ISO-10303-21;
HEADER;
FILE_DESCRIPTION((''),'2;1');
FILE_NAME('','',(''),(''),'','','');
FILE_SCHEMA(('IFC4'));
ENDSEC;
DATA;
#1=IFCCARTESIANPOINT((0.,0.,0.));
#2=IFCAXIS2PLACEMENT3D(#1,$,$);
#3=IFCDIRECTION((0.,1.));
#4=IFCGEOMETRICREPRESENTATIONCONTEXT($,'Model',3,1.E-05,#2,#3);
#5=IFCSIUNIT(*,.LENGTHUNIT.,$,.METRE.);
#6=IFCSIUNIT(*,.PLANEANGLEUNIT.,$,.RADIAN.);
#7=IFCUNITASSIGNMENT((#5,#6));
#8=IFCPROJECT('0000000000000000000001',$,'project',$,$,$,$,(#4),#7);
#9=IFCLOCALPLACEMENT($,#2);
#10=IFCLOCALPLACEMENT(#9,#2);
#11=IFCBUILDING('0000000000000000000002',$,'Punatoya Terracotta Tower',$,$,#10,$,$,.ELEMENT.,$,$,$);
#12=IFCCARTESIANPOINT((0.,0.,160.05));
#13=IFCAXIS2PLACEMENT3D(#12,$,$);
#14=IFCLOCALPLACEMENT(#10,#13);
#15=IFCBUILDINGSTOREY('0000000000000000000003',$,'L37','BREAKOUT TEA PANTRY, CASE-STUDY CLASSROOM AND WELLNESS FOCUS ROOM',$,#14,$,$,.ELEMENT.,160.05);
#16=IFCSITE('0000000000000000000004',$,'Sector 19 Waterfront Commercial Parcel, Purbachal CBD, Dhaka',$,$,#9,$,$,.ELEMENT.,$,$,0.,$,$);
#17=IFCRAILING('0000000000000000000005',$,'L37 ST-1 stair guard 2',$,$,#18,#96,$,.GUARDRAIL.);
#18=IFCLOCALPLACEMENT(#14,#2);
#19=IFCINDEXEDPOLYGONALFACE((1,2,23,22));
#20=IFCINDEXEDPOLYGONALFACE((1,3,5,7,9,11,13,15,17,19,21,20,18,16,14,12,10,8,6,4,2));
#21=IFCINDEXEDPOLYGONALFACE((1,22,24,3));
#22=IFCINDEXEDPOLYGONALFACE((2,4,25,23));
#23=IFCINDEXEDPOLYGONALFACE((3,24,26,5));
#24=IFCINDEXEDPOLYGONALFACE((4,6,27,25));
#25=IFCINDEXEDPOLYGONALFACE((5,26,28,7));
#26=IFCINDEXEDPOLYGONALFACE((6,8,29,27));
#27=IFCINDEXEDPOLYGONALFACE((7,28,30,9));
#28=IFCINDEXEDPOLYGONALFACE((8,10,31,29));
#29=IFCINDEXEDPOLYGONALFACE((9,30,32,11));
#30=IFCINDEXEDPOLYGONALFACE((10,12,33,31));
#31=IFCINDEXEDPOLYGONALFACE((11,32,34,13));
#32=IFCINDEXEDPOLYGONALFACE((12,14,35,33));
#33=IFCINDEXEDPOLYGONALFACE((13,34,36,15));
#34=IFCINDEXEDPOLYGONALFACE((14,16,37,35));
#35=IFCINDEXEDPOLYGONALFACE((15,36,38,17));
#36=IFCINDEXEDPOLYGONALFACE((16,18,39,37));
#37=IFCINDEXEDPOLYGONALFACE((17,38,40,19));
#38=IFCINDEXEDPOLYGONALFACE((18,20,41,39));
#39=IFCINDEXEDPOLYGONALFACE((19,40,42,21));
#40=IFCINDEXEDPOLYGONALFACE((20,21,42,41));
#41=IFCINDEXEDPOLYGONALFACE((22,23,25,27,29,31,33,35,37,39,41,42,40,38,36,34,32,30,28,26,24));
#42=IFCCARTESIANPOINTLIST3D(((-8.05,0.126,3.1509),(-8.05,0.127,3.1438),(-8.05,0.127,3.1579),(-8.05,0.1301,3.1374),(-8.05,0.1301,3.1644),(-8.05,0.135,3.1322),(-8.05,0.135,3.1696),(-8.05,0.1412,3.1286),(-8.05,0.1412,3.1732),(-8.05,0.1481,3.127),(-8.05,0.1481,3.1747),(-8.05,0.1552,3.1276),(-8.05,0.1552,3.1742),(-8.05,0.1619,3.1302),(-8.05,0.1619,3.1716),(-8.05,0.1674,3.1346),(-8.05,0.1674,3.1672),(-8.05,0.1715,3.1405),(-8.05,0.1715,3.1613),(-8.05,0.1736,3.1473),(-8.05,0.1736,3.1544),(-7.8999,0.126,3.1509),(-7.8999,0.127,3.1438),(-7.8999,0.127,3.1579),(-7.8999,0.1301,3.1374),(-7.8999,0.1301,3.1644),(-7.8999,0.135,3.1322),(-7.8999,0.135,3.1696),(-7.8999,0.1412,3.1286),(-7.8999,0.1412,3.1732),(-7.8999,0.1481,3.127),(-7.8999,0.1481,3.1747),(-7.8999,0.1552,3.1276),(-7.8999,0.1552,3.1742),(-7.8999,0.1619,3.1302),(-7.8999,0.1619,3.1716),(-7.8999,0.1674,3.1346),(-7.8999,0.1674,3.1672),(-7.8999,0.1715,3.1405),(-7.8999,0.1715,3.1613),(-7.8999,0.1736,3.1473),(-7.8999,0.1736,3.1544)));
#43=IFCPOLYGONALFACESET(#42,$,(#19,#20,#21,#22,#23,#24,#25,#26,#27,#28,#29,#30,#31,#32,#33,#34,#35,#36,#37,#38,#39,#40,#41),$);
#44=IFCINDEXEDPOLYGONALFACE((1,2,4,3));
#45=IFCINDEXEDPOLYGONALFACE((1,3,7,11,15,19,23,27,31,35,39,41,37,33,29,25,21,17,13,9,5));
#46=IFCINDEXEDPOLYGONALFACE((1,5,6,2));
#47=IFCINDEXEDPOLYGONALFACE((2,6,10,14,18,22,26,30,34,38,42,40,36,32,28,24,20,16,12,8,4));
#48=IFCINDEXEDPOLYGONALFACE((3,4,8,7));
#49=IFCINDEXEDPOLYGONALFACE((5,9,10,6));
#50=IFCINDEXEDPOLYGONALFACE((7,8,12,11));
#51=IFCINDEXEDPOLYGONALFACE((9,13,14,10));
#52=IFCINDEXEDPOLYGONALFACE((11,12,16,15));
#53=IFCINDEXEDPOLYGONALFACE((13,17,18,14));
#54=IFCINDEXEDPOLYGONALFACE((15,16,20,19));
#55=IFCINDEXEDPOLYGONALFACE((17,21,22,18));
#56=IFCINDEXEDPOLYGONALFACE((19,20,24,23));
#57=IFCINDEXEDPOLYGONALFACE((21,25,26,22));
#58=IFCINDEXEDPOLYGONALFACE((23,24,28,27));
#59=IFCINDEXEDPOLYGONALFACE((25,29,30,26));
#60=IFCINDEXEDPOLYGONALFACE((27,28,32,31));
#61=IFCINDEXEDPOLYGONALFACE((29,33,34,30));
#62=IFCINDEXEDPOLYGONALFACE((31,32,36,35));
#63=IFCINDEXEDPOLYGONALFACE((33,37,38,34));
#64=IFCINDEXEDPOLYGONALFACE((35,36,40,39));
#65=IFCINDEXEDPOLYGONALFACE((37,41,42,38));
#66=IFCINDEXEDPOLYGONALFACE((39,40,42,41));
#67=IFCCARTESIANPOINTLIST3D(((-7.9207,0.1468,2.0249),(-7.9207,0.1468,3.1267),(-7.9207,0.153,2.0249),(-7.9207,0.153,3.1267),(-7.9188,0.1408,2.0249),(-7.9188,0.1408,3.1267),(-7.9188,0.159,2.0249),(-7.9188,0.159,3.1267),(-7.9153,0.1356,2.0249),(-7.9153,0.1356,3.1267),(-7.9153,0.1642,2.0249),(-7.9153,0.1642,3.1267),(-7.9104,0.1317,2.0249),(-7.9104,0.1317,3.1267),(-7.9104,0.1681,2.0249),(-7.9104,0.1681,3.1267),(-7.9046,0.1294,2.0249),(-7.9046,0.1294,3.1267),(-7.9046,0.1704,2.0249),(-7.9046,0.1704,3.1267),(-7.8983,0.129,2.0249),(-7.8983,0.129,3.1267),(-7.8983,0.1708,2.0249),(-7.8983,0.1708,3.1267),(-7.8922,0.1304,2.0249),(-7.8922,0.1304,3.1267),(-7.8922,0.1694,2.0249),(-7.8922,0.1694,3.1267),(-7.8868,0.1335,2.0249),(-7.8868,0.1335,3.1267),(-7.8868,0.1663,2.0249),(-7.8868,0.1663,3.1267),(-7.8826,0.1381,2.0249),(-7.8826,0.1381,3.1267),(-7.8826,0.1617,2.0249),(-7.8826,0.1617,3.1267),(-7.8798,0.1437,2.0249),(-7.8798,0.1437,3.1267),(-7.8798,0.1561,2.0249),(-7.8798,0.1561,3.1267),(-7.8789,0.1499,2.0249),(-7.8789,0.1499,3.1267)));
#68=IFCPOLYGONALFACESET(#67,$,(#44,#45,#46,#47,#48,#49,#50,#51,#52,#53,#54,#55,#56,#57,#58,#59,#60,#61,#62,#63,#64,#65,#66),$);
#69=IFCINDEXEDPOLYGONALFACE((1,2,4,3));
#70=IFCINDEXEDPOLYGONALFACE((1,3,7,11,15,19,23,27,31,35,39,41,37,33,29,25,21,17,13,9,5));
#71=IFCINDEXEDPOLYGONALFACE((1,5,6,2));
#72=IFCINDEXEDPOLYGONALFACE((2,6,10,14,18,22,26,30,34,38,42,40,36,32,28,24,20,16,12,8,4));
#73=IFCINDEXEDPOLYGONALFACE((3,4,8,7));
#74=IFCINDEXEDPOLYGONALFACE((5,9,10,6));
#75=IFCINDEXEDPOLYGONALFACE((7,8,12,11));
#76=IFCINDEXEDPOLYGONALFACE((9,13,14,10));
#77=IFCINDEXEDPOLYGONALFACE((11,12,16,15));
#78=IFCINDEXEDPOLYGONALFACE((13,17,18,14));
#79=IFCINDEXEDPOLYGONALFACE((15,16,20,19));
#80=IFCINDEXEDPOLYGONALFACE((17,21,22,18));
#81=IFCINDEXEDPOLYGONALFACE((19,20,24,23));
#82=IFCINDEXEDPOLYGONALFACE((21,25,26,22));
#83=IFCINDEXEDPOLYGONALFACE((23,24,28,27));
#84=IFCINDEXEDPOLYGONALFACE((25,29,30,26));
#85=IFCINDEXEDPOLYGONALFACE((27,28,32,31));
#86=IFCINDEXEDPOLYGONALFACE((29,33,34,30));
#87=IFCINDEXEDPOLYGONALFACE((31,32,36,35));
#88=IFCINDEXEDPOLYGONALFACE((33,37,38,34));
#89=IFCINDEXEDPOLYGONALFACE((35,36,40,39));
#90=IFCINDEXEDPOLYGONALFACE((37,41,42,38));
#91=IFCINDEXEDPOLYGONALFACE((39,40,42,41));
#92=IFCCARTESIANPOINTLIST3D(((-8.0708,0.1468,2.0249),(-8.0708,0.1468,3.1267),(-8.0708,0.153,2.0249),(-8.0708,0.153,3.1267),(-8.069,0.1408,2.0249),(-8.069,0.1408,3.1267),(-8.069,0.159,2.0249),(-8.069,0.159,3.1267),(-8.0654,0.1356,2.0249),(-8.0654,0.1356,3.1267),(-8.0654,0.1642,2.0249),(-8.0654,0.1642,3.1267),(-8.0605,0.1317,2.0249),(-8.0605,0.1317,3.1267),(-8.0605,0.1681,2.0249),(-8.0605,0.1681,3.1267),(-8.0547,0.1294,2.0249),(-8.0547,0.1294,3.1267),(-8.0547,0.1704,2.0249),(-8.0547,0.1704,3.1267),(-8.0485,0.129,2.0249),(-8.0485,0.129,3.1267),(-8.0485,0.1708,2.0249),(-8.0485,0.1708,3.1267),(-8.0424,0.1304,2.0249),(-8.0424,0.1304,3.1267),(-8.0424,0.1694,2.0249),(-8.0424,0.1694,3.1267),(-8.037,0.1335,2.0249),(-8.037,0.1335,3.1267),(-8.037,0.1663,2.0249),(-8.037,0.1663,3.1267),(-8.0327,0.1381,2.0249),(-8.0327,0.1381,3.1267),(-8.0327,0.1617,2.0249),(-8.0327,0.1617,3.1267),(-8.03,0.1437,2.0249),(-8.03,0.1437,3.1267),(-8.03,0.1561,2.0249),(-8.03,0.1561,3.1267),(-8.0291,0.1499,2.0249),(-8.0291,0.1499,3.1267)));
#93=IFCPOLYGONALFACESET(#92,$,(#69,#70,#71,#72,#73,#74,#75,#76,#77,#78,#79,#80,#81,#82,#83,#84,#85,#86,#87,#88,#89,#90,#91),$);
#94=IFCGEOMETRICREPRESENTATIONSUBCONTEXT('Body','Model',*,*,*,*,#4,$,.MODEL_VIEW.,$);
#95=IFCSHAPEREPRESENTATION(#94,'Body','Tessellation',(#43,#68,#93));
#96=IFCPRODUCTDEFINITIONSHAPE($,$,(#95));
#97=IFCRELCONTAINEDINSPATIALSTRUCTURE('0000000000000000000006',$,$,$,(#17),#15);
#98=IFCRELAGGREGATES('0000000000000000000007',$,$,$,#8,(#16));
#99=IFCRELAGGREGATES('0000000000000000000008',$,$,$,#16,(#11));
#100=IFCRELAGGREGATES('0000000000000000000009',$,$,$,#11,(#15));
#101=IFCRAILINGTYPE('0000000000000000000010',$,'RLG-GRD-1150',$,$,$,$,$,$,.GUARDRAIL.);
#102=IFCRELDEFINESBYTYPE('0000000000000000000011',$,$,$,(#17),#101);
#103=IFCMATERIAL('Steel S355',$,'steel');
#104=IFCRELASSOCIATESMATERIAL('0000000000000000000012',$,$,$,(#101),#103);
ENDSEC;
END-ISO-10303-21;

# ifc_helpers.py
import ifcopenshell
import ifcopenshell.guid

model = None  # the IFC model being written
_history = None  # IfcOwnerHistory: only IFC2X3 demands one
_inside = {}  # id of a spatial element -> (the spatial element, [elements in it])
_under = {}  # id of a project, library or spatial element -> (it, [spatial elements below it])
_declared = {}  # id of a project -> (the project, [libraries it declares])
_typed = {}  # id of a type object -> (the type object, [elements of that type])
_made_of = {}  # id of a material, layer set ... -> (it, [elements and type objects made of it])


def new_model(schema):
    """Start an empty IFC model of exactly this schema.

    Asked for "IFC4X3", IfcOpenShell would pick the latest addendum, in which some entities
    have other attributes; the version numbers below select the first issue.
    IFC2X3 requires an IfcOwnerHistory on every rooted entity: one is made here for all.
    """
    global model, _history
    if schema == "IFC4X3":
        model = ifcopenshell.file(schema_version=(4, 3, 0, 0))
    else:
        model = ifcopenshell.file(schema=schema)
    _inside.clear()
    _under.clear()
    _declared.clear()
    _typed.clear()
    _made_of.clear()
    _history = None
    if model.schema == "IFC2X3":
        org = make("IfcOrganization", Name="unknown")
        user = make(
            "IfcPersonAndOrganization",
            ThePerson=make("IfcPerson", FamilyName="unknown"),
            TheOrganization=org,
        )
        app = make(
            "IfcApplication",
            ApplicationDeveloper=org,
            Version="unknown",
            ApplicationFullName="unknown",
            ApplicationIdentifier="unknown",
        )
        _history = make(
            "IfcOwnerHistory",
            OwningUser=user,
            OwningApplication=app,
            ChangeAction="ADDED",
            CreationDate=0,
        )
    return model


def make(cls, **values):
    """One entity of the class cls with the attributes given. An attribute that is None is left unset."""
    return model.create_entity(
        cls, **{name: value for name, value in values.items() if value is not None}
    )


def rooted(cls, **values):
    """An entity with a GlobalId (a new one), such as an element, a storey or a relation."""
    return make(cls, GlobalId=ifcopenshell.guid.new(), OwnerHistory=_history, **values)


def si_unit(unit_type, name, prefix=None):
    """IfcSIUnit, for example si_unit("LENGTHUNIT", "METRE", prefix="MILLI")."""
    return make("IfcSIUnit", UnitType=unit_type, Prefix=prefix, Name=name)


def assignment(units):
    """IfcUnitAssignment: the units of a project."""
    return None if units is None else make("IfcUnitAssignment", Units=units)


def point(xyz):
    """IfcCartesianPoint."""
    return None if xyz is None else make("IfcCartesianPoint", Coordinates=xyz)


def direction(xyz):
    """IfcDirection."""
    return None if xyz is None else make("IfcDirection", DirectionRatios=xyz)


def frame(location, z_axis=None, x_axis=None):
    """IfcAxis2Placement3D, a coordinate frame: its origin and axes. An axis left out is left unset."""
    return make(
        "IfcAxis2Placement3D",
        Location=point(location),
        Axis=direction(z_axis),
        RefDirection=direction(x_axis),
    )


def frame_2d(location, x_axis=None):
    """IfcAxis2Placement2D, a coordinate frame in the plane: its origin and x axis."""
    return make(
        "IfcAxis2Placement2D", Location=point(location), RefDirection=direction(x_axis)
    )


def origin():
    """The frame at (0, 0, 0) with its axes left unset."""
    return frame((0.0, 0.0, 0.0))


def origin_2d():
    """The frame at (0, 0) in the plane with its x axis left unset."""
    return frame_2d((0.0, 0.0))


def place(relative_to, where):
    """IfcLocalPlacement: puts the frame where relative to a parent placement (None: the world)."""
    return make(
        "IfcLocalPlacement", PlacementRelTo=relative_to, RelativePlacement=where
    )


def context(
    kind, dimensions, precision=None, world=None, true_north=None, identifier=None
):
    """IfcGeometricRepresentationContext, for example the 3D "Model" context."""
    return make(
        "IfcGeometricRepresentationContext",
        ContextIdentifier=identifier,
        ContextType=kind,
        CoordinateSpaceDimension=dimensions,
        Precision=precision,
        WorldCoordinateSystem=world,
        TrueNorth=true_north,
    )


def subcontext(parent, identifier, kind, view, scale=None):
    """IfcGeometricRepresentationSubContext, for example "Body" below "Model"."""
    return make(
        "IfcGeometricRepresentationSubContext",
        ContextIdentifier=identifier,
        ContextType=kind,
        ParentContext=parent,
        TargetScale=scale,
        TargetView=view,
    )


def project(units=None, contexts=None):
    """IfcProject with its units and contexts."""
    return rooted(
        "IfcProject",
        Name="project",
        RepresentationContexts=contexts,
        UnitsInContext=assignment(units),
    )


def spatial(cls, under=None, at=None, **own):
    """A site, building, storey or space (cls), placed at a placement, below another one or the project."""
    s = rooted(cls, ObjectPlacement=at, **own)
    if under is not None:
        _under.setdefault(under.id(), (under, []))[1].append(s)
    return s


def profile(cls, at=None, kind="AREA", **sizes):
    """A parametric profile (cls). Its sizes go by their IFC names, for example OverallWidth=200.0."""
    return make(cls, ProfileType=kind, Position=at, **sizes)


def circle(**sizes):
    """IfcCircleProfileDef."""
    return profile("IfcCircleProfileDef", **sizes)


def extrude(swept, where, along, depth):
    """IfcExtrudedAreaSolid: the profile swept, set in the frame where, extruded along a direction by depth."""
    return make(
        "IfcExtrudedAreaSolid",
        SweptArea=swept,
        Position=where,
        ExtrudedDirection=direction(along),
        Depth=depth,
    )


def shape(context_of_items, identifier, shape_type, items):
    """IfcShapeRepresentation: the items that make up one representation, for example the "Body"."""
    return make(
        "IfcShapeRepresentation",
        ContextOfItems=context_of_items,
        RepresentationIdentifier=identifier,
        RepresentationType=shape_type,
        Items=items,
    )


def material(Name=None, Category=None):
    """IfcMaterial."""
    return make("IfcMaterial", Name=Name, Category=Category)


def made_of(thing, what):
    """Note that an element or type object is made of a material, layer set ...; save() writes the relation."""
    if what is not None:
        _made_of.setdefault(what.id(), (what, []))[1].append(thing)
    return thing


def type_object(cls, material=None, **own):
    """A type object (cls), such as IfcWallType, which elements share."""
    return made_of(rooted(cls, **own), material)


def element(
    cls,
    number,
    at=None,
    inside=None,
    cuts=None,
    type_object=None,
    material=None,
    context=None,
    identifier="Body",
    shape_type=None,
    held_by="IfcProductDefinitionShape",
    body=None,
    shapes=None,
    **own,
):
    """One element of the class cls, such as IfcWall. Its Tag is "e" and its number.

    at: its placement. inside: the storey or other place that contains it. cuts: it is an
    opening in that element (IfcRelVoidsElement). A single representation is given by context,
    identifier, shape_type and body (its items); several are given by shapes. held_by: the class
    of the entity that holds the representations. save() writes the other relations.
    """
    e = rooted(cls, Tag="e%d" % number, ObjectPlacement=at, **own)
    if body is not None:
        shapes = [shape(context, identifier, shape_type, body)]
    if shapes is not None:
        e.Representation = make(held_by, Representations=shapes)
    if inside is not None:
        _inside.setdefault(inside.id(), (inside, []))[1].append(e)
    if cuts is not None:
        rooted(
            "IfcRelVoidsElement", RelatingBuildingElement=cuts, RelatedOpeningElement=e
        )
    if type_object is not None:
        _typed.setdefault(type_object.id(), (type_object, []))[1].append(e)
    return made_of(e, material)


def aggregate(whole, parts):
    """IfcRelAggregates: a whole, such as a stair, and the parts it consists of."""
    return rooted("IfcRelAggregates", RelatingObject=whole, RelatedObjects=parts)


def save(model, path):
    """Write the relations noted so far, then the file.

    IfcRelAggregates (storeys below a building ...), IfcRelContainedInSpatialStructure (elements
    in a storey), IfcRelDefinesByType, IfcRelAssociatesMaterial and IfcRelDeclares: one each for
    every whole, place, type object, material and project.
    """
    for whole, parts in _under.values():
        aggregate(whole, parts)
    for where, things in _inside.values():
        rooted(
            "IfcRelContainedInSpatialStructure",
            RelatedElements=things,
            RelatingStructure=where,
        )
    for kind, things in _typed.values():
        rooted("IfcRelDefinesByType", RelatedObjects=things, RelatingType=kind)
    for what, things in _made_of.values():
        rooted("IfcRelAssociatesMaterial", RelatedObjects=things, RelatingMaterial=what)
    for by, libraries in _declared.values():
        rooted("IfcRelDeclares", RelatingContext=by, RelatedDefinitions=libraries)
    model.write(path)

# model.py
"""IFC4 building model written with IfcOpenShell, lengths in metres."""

from ifc_helpers import new_model, si_unit, direction, frame, origin, origin_2d, place, context, subcontext, project, spatial, circle, extrude, material, type_object, element, save


model = new_model("IFC4")

# Units and contexts
model_context = context("Model", 3, precision=1e-05, world=origin(), true_north=direction((0.0, 1.0)))
body_context = subcontext(model_context, "Body", "Model", "MODEL_VIEW")
ifc_project = project(units=[si_unit("LENGTHUNIT", "METRE"), si_unit("PLANEANGLEUNIT", "RADIAN")], contexts=[model_context])

# Site, building, storey
site_placement = place(None, origin())
site = spatial("IfcSite", under=ifc_project, at=site_placement, Name="Sector 19 Waterfront Commercial Parcel, Purbachal CBD, Dhaka", CompositionType="ELEMENT", RefElevation=0.0)
building_placement = place(site_placement, origin())
building = spatial("IfcBuilding", under=site, at=building_placement, Name="Punatoya Terracotta Tower", CompositionType="ELEMENT")
storey_placement = place(building_placement, frame((0.0, 0.0, 160.05)))
storey = spatial("IfcBuildingStorey", under=building, at=storey_placement, Name="L37", Description="BREAKOUT TEA PANTRY, CASE-STUDY CLASSROOM AND WELLNESS FOCUS ROOM", CompositionType="ELEMENT", Elevation=160.05)

# Shared definitions
ifc_material_1 = material(Name="Steel S355", Category="steel")

# Railing
railing_type = type_object("IfcRailingType", Name="RLG-GRD-1150", PredefinedType="GUARDRAIL", material=ifc_material_1)
railing_1_placement = place(storey_placement, frame((-7.8999, 0.1499, 2.0249)))
element("IfcRailing", 1, at=railing_1_placement, inside=storey, type_object=railing_type, Name="L37 ST-1 stair guard 2", PredefinedType="GUARDRAIL", context=body_context, shape_type="SweptSolid", body=[
    extrude(circle(Radius=0.0239, at=origin_2d()), frame((0.0, 0.0, 1.126), z_axis=(-1.0, 0.0, 0.0), x_axis=(0.0, -1.0, 0.0)), (0.0, 0.0, 1.0), 0.1501),
    extrude(circle(Radius=0.021, at=origin_2d()), origin(), (0.0, 0.0, 1.0), 1.1018),
    extrude(circle(Radius=0.021, at=origin_2d()), frame((-0.1501, 0.0, 0.0)), (0.0, 0.0, 1.0), 1.1018),
])

save(model, "model.ifc")
